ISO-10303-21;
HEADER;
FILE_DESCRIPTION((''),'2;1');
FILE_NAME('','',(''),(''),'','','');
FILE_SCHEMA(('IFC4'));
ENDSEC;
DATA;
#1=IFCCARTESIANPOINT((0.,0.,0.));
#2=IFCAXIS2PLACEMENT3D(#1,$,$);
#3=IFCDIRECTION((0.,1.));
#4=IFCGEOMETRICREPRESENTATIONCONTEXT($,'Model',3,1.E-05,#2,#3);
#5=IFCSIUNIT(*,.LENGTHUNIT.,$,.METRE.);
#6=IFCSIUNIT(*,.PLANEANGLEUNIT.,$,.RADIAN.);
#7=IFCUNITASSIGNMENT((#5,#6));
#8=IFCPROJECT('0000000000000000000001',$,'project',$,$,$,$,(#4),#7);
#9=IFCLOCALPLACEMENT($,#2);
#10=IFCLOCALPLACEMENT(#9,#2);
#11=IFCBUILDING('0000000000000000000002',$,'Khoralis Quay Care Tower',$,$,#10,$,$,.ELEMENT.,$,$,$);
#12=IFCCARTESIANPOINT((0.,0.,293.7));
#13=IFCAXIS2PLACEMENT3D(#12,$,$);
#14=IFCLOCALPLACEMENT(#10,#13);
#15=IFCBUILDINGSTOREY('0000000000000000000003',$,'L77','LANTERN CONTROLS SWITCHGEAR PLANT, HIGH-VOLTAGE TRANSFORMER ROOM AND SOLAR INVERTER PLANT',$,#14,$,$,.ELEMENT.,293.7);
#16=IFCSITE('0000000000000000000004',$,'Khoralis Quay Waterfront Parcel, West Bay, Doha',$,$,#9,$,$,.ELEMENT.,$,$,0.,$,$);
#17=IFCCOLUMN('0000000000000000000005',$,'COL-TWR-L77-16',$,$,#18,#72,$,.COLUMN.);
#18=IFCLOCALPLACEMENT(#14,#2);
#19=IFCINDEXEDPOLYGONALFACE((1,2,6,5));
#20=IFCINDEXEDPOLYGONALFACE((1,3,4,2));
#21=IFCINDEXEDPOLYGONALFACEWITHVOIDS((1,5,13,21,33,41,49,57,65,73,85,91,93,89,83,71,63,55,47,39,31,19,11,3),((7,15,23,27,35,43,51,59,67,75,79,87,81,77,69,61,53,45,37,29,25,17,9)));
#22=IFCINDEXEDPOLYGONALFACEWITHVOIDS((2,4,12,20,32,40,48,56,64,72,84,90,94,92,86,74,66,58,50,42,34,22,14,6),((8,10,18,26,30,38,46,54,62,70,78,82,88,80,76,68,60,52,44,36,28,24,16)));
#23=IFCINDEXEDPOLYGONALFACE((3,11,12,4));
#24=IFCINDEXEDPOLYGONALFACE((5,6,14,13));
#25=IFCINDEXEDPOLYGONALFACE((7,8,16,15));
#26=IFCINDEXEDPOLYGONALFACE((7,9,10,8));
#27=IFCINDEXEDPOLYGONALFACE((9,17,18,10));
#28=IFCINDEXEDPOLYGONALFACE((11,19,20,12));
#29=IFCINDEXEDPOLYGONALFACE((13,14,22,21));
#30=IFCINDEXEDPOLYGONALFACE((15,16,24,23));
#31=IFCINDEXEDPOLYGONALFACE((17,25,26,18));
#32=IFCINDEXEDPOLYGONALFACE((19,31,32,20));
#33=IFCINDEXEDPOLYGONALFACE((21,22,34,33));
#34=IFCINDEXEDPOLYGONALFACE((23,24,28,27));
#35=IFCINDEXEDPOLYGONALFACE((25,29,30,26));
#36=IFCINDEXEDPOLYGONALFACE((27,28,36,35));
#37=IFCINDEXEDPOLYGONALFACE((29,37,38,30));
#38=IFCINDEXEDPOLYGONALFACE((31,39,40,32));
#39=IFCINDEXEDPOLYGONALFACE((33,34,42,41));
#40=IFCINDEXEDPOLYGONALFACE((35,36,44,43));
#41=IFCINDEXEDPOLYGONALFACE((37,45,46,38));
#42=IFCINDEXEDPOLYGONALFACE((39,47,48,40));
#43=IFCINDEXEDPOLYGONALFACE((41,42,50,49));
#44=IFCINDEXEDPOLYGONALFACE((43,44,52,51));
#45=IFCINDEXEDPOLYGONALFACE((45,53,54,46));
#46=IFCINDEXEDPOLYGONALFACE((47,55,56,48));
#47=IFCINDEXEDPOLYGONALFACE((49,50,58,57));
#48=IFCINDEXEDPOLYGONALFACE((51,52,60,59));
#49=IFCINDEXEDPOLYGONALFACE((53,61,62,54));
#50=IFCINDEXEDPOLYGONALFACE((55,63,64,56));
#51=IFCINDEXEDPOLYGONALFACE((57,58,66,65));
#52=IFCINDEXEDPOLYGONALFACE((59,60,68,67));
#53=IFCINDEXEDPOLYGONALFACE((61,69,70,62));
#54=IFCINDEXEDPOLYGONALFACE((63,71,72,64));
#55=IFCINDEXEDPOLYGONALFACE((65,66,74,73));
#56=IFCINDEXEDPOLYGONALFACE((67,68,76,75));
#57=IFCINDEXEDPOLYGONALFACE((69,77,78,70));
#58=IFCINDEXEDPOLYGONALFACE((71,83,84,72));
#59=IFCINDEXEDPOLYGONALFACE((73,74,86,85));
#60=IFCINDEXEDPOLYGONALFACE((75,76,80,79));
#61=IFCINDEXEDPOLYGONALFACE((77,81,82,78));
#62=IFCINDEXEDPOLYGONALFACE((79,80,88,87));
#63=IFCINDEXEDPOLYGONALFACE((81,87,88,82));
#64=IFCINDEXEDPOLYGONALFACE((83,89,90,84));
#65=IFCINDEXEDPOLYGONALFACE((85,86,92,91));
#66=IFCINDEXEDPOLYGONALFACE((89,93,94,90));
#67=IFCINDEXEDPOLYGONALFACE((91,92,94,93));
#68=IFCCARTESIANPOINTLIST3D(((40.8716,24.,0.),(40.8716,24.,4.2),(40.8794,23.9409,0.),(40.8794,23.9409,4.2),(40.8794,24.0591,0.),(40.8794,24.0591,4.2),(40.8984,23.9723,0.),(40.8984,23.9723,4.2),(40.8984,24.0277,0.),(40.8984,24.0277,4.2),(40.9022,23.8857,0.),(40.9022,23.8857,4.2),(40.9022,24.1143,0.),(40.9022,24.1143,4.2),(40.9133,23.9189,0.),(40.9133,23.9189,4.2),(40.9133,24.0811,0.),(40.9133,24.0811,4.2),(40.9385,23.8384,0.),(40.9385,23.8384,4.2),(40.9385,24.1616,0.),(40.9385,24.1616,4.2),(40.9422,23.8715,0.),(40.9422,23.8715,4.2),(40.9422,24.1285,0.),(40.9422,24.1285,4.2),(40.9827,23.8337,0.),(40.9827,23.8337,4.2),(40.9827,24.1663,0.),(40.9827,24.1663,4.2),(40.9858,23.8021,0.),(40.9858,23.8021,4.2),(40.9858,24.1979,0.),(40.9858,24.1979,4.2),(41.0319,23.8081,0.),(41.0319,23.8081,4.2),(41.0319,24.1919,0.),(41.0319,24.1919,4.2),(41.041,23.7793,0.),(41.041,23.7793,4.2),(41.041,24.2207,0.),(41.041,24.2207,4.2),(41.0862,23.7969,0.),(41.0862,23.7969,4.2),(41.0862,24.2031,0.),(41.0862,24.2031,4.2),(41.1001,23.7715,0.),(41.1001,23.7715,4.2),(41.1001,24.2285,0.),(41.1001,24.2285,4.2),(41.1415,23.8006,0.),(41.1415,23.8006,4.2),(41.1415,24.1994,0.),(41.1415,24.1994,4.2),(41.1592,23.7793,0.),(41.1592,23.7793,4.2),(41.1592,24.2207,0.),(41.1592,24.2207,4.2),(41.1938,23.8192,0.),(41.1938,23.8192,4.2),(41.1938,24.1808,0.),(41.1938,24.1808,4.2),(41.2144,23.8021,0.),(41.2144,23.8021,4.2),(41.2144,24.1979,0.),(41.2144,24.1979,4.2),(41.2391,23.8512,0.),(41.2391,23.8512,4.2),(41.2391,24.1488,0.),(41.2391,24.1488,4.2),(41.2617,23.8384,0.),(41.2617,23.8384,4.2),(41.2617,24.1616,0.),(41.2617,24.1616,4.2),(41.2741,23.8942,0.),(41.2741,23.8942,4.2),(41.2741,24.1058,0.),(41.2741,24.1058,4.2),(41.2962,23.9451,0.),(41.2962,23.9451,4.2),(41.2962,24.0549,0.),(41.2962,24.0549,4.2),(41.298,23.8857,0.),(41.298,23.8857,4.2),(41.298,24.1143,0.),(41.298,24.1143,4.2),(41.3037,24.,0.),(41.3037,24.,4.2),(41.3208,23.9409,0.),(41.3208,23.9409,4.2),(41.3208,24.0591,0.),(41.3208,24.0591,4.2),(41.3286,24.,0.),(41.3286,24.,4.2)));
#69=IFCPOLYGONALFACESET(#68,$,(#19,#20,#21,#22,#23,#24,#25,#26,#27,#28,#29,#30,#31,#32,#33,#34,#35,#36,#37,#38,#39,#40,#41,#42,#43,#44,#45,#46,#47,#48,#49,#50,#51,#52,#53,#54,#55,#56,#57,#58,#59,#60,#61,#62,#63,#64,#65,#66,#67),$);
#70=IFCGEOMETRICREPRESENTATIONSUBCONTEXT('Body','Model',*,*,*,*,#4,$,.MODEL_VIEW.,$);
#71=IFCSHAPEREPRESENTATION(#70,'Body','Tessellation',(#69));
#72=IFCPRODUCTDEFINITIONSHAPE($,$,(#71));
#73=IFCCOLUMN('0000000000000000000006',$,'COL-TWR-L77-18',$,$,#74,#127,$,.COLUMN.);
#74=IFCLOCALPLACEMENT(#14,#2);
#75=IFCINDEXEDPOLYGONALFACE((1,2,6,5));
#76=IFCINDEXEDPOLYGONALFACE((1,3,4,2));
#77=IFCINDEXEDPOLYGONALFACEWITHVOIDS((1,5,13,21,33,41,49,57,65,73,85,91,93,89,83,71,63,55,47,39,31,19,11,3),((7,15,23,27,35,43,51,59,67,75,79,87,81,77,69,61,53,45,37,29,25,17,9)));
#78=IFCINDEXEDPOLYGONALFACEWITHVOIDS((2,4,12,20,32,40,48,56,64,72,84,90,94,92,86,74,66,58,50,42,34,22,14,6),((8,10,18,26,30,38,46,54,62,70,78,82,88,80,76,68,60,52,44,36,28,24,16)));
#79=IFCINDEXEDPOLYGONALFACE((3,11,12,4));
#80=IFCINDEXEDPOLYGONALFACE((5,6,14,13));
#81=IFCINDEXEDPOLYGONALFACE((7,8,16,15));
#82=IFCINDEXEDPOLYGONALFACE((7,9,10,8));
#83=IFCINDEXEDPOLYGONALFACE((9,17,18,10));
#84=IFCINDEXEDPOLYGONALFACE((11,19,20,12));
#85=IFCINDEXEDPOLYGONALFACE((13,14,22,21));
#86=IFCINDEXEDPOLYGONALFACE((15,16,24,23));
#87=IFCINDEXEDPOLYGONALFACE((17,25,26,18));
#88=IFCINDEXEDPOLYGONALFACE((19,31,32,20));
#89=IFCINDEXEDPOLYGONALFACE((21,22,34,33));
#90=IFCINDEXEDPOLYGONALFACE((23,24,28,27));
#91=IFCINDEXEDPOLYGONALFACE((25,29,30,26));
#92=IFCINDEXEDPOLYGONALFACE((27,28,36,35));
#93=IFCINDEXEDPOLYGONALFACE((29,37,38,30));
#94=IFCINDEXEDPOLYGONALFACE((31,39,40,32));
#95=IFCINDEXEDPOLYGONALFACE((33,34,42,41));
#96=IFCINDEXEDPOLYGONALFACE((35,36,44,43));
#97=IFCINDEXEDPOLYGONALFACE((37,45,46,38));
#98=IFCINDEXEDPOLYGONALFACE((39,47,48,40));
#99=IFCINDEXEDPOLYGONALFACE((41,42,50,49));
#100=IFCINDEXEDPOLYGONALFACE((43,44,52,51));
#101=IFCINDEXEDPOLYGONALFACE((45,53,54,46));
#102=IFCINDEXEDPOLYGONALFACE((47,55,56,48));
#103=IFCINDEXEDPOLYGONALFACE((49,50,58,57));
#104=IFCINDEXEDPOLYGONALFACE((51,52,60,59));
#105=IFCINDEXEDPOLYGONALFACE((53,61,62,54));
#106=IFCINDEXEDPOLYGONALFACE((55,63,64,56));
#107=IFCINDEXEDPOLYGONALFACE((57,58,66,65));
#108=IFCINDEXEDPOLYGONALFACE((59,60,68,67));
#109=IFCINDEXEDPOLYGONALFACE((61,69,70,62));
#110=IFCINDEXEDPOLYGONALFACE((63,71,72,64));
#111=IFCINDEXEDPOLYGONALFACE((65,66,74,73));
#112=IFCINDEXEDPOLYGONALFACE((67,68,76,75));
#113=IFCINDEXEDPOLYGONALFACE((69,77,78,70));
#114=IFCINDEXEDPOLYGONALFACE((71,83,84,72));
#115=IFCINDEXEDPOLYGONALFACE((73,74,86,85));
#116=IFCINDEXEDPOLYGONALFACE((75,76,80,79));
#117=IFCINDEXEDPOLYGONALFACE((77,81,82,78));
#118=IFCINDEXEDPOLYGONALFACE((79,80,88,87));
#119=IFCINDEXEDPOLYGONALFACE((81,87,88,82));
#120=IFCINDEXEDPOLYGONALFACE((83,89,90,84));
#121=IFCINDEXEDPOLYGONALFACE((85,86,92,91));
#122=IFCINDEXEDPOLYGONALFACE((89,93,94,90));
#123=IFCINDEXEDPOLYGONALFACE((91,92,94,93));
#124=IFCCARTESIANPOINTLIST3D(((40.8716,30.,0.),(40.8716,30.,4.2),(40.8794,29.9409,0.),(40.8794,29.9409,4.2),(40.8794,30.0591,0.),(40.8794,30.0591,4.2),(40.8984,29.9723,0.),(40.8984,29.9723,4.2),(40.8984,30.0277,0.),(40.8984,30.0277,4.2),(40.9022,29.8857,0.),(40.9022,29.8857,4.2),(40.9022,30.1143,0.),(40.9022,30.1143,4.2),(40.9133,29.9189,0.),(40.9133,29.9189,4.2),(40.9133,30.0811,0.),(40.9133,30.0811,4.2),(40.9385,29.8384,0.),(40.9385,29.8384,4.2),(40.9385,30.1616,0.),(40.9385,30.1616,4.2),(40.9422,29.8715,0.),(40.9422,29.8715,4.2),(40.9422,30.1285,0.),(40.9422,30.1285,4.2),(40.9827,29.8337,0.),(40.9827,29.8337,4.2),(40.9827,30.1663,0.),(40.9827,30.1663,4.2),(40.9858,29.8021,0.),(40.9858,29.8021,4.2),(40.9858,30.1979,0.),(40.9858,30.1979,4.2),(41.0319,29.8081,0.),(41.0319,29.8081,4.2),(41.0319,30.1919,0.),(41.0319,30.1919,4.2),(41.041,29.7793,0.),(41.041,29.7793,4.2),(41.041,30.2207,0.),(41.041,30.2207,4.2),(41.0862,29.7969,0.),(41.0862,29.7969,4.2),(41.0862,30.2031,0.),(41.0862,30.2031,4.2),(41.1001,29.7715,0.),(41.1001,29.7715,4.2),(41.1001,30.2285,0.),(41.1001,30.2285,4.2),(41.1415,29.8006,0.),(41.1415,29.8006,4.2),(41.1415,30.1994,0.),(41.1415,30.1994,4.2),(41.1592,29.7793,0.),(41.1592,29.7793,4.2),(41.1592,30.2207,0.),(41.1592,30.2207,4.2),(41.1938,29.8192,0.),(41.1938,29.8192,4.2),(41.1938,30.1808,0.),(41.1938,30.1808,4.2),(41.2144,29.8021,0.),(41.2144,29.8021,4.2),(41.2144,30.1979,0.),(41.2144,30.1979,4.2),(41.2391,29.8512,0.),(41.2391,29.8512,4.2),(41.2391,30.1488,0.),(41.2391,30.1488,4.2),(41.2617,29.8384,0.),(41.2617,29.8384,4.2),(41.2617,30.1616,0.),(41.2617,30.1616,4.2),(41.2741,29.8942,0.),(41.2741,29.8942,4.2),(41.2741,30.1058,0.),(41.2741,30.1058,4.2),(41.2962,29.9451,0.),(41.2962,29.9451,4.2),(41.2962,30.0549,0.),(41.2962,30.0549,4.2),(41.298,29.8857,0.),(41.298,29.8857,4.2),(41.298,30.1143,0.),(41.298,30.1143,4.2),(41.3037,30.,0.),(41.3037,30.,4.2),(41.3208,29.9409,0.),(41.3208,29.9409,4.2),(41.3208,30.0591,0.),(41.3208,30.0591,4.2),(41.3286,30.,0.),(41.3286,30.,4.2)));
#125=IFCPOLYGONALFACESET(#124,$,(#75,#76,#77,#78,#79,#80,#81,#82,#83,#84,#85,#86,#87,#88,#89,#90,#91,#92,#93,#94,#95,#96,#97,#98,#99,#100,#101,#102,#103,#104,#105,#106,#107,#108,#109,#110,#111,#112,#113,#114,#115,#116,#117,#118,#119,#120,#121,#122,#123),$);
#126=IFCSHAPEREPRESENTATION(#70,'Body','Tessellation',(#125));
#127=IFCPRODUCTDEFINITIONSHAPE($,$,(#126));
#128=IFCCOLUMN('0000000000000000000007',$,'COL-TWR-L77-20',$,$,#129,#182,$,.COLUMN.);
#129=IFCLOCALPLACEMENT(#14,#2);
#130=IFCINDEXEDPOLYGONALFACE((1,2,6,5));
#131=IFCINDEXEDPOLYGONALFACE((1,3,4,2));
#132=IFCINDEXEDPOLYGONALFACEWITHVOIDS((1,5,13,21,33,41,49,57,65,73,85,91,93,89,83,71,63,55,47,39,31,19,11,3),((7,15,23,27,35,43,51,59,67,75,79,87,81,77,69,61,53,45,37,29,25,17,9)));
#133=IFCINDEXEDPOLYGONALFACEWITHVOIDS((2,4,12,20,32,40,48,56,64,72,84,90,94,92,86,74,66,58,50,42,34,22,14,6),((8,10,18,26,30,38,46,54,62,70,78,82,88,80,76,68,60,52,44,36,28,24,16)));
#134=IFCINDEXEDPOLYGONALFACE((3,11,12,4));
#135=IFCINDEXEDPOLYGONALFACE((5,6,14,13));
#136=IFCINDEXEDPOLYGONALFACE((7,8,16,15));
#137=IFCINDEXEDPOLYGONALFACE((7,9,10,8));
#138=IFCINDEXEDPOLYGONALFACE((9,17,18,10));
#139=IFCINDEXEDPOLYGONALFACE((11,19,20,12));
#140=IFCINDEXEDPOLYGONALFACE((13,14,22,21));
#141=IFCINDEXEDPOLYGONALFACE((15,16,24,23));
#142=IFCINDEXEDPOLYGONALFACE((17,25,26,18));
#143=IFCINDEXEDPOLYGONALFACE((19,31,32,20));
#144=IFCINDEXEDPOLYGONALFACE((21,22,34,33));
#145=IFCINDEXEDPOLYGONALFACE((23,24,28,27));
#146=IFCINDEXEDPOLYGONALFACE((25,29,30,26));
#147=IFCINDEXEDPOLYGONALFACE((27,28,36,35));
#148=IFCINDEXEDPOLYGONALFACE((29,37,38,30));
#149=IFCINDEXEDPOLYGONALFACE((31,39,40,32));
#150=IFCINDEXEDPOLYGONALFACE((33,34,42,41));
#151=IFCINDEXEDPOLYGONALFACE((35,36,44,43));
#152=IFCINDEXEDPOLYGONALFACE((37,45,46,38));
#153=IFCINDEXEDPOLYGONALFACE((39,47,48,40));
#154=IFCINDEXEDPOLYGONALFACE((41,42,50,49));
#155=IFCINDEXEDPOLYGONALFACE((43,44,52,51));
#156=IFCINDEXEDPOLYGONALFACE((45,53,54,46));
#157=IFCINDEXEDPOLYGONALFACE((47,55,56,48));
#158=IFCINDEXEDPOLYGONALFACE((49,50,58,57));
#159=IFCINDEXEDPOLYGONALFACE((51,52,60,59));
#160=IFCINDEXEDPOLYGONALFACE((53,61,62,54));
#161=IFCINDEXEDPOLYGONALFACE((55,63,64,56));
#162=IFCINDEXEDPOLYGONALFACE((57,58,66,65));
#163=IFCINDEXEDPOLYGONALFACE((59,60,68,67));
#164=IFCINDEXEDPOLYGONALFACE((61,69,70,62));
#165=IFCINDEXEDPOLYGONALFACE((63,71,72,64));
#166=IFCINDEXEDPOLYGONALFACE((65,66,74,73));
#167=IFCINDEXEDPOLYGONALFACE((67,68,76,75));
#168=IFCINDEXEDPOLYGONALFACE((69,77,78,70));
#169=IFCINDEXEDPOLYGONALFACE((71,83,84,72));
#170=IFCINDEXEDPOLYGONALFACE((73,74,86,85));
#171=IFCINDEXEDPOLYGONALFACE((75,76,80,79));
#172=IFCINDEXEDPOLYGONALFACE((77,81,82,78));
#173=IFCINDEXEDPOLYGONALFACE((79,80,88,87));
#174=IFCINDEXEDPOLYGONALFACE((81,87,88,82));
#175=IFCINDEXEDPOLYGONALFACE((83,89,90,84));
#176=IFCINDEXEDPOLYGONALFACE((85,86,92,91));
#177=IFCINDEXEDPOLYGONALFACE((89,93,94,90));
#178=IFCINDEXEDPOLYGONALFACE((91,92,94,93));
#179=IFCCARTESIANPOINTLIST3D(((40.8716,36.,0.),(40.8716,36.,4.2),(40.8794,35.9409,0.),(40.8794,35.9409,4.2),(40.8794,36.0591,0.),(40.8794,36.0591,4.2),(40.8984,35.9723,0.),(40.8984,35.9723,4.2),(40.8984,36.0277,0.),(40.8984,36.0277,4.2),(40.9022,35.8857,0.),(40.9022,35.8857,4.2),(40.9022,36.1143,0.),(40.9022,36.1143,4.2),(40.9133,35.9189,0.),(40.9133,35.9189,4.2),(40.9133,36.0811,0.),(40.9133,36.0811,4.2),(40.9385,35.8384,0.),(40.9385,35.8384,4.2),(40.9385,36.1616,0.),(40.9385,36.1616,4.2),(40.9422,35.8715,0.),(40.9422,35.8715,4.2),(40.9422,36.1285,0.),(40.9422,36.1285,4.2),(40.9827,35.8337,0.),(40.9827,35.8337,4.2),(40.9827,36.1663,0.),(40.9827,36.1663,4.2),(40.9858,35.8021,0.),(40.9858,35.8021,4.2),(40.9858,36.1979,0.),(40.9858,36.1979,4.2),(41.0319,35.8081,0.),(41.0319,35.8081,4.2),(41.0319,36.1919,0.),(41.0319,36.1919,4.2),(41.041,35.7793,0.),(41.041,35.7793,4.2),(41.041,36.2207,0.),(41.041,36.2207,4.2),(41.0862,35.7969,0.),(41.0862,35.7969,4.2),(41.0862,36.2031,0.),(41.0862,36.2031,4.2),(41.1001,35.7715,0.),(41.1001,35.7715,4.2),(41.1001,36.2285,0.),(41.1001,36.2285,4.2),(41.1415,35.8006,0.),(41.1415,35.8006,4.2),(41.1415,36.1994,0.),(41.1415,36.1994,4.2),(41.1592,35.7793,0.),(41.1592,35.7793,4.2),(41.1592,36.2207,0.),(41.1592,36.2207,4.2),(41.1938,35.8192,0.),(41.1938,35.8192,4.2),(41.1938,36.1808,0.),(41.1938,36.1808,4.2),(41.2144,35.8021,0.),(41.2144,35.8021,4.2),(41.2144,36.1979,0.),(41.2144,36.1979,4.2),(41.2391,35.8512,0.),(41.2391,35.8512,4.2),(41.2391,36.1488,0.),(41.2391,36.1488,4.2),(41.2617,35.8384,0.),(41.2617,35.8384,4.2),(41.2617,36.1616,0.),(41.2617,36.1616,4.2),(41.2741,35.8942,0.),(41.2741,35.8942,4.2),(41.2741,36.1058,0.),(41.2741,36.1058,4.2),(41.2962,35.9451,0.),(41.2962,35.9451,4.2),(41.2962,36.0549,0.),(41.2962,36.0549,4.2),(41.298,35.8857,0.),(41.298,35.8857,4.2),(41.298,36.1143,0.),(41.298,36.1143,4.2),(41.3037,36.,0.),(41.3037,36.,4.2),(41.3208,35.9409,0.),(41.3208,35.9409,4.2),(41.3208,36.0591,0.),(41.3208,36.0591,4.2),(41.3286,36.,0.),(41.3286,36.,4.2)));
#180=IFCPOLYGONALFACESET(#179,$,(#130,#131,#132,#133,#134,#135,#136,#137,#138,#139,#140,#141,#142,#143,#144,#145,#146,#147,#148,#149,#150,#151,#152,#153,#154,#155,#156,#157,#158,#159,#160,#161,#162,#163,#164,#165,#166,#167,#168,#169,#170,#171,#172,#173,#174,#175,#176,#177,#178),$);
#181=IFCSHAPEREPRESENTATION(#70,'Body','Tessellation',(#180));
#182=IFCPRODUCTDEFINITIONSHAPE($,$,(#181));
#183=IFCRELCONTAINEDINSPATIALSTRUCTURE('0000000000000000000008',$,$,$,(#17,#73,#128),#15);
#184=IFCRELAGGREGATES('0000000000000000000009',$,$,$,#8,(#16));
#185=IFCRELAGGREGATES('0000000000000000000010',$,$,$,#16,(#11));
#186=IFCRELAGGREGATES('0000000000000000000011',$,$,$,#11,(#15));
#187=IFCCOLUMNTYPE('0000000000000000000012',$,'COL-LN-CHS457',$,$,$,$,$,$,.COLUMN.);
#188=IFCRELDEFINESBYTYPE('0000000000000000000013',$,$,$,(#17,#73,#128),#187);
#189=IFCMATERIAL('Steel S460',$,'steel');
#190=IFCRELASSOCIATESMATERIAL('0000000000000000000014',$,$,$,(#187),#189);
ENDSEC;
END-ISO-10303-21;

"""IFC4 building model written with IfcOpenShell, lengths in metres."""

from ifc_helpers import new_model, si_unit, direction, frame, origin, origin_2d, place, context, subcontext, project, spatial, hollow_circle, extrude, source, transform, mapped, material, material_profile, profile_set, type_object, element, save


model = new_model("IFC4")

# Units and contexts
model_context = context("Model", 3, precision=1e-05, world=origin(), true_north=direction((0.0, 1.0)))
body_context = subcontext(model_context, "Body", "Model", "MODEL_VIEW")
ifc_project = project(units=[si_unit("LENGTHUNIT", "METRE"), si_unit("PLANEANGLEUNIT", "RADIAN")], contexts=[model_context])

# Site, building, storey
site_placement = place(None, origin())
site = spatial("IfcSite", under=ifc_project, at=site_placement, Name="Khoralis Quay Waterfront Parcel, West Bay, Doha", CompositionType="ELEMENT", RefElevation=0.0)
building_placement = place(site_placement, origin())
building = spatial("IfcBuilding", under=site, at=building_placement, Name="Khoralis Quay Care Tower", CompositionType="ELEMENT")
storey_placement = place(building_placement, frame((0.0, 0.0, 293.7)))
storey = spatial("IfcBuildingStorey", under=building, at=storey_placement, Name="L77", Description="LANTERN CONTROLS SWITCHGEAR PLANT, HIGH-VOLTAGE TRANSFORMER ROOM AND SOLAR INVERTER PLANT", CompositionType="ELEMENT", Elevation=293.7)

# Columns
ifc_material_1 = material(Name="Steel S460", Category="steel")
ifc_material_profile_1 = material_profile(ifc_material_1, hollow_circle(Radius=0.2285, WallThickness=0.0249, at=origin_2d()), Name="Steel S460")
ifc_profile_set_1 = profile_set([ifc_material_profile_1], Name="Steel S460")
column_type = type_object("IfcColumnType", Name="COL-LN-CHS457", PredefinedType="COLUMN", material=ifc_profile_set_1)
shared_shape_1 = source(origin(), body_context, "Body", "SweptSolid", [
    extrude(hollow_circle(Radius=0.2285, WallThickness=0.0249, at=origin_2d()), origin(), (0.0, 0.0, 1.0), 4.2),
])
for number, where, z_axis, x_axis, name in (
    (1, (41.1001, 24.0, 0.0), (0.0, 0.0, 1.0), (1.0, 0.0, 0.0), "COL-TWR-L77-16"),
    (2, (41.1001, 30.0, 0.0), (0.0, 0.0, 1.0), (1.0, 0.0, 0.0), "COL-TWR-L77-18"),
    (3, (41.1001, 36.0, 0.0), (0.0, 0.0, 1.0), (1.0, 0.0, 0.0), "COL-TWR-L77-20"),
):
    element("IfcColumn", number, at=place(storey_placement, frame(where, z_axis=z_axis, x_axis=x_axis)), inside=storey, type_object=column_type, Name=name, PredefinedType="COLUMN", context=body_context, shape_type="MappedRepresentation", body=[
        mapped(shared_shape_1, transform((0.0, 0.0, 0.0), scale=1.0)),
    ])

save(model, "model.ifc")
